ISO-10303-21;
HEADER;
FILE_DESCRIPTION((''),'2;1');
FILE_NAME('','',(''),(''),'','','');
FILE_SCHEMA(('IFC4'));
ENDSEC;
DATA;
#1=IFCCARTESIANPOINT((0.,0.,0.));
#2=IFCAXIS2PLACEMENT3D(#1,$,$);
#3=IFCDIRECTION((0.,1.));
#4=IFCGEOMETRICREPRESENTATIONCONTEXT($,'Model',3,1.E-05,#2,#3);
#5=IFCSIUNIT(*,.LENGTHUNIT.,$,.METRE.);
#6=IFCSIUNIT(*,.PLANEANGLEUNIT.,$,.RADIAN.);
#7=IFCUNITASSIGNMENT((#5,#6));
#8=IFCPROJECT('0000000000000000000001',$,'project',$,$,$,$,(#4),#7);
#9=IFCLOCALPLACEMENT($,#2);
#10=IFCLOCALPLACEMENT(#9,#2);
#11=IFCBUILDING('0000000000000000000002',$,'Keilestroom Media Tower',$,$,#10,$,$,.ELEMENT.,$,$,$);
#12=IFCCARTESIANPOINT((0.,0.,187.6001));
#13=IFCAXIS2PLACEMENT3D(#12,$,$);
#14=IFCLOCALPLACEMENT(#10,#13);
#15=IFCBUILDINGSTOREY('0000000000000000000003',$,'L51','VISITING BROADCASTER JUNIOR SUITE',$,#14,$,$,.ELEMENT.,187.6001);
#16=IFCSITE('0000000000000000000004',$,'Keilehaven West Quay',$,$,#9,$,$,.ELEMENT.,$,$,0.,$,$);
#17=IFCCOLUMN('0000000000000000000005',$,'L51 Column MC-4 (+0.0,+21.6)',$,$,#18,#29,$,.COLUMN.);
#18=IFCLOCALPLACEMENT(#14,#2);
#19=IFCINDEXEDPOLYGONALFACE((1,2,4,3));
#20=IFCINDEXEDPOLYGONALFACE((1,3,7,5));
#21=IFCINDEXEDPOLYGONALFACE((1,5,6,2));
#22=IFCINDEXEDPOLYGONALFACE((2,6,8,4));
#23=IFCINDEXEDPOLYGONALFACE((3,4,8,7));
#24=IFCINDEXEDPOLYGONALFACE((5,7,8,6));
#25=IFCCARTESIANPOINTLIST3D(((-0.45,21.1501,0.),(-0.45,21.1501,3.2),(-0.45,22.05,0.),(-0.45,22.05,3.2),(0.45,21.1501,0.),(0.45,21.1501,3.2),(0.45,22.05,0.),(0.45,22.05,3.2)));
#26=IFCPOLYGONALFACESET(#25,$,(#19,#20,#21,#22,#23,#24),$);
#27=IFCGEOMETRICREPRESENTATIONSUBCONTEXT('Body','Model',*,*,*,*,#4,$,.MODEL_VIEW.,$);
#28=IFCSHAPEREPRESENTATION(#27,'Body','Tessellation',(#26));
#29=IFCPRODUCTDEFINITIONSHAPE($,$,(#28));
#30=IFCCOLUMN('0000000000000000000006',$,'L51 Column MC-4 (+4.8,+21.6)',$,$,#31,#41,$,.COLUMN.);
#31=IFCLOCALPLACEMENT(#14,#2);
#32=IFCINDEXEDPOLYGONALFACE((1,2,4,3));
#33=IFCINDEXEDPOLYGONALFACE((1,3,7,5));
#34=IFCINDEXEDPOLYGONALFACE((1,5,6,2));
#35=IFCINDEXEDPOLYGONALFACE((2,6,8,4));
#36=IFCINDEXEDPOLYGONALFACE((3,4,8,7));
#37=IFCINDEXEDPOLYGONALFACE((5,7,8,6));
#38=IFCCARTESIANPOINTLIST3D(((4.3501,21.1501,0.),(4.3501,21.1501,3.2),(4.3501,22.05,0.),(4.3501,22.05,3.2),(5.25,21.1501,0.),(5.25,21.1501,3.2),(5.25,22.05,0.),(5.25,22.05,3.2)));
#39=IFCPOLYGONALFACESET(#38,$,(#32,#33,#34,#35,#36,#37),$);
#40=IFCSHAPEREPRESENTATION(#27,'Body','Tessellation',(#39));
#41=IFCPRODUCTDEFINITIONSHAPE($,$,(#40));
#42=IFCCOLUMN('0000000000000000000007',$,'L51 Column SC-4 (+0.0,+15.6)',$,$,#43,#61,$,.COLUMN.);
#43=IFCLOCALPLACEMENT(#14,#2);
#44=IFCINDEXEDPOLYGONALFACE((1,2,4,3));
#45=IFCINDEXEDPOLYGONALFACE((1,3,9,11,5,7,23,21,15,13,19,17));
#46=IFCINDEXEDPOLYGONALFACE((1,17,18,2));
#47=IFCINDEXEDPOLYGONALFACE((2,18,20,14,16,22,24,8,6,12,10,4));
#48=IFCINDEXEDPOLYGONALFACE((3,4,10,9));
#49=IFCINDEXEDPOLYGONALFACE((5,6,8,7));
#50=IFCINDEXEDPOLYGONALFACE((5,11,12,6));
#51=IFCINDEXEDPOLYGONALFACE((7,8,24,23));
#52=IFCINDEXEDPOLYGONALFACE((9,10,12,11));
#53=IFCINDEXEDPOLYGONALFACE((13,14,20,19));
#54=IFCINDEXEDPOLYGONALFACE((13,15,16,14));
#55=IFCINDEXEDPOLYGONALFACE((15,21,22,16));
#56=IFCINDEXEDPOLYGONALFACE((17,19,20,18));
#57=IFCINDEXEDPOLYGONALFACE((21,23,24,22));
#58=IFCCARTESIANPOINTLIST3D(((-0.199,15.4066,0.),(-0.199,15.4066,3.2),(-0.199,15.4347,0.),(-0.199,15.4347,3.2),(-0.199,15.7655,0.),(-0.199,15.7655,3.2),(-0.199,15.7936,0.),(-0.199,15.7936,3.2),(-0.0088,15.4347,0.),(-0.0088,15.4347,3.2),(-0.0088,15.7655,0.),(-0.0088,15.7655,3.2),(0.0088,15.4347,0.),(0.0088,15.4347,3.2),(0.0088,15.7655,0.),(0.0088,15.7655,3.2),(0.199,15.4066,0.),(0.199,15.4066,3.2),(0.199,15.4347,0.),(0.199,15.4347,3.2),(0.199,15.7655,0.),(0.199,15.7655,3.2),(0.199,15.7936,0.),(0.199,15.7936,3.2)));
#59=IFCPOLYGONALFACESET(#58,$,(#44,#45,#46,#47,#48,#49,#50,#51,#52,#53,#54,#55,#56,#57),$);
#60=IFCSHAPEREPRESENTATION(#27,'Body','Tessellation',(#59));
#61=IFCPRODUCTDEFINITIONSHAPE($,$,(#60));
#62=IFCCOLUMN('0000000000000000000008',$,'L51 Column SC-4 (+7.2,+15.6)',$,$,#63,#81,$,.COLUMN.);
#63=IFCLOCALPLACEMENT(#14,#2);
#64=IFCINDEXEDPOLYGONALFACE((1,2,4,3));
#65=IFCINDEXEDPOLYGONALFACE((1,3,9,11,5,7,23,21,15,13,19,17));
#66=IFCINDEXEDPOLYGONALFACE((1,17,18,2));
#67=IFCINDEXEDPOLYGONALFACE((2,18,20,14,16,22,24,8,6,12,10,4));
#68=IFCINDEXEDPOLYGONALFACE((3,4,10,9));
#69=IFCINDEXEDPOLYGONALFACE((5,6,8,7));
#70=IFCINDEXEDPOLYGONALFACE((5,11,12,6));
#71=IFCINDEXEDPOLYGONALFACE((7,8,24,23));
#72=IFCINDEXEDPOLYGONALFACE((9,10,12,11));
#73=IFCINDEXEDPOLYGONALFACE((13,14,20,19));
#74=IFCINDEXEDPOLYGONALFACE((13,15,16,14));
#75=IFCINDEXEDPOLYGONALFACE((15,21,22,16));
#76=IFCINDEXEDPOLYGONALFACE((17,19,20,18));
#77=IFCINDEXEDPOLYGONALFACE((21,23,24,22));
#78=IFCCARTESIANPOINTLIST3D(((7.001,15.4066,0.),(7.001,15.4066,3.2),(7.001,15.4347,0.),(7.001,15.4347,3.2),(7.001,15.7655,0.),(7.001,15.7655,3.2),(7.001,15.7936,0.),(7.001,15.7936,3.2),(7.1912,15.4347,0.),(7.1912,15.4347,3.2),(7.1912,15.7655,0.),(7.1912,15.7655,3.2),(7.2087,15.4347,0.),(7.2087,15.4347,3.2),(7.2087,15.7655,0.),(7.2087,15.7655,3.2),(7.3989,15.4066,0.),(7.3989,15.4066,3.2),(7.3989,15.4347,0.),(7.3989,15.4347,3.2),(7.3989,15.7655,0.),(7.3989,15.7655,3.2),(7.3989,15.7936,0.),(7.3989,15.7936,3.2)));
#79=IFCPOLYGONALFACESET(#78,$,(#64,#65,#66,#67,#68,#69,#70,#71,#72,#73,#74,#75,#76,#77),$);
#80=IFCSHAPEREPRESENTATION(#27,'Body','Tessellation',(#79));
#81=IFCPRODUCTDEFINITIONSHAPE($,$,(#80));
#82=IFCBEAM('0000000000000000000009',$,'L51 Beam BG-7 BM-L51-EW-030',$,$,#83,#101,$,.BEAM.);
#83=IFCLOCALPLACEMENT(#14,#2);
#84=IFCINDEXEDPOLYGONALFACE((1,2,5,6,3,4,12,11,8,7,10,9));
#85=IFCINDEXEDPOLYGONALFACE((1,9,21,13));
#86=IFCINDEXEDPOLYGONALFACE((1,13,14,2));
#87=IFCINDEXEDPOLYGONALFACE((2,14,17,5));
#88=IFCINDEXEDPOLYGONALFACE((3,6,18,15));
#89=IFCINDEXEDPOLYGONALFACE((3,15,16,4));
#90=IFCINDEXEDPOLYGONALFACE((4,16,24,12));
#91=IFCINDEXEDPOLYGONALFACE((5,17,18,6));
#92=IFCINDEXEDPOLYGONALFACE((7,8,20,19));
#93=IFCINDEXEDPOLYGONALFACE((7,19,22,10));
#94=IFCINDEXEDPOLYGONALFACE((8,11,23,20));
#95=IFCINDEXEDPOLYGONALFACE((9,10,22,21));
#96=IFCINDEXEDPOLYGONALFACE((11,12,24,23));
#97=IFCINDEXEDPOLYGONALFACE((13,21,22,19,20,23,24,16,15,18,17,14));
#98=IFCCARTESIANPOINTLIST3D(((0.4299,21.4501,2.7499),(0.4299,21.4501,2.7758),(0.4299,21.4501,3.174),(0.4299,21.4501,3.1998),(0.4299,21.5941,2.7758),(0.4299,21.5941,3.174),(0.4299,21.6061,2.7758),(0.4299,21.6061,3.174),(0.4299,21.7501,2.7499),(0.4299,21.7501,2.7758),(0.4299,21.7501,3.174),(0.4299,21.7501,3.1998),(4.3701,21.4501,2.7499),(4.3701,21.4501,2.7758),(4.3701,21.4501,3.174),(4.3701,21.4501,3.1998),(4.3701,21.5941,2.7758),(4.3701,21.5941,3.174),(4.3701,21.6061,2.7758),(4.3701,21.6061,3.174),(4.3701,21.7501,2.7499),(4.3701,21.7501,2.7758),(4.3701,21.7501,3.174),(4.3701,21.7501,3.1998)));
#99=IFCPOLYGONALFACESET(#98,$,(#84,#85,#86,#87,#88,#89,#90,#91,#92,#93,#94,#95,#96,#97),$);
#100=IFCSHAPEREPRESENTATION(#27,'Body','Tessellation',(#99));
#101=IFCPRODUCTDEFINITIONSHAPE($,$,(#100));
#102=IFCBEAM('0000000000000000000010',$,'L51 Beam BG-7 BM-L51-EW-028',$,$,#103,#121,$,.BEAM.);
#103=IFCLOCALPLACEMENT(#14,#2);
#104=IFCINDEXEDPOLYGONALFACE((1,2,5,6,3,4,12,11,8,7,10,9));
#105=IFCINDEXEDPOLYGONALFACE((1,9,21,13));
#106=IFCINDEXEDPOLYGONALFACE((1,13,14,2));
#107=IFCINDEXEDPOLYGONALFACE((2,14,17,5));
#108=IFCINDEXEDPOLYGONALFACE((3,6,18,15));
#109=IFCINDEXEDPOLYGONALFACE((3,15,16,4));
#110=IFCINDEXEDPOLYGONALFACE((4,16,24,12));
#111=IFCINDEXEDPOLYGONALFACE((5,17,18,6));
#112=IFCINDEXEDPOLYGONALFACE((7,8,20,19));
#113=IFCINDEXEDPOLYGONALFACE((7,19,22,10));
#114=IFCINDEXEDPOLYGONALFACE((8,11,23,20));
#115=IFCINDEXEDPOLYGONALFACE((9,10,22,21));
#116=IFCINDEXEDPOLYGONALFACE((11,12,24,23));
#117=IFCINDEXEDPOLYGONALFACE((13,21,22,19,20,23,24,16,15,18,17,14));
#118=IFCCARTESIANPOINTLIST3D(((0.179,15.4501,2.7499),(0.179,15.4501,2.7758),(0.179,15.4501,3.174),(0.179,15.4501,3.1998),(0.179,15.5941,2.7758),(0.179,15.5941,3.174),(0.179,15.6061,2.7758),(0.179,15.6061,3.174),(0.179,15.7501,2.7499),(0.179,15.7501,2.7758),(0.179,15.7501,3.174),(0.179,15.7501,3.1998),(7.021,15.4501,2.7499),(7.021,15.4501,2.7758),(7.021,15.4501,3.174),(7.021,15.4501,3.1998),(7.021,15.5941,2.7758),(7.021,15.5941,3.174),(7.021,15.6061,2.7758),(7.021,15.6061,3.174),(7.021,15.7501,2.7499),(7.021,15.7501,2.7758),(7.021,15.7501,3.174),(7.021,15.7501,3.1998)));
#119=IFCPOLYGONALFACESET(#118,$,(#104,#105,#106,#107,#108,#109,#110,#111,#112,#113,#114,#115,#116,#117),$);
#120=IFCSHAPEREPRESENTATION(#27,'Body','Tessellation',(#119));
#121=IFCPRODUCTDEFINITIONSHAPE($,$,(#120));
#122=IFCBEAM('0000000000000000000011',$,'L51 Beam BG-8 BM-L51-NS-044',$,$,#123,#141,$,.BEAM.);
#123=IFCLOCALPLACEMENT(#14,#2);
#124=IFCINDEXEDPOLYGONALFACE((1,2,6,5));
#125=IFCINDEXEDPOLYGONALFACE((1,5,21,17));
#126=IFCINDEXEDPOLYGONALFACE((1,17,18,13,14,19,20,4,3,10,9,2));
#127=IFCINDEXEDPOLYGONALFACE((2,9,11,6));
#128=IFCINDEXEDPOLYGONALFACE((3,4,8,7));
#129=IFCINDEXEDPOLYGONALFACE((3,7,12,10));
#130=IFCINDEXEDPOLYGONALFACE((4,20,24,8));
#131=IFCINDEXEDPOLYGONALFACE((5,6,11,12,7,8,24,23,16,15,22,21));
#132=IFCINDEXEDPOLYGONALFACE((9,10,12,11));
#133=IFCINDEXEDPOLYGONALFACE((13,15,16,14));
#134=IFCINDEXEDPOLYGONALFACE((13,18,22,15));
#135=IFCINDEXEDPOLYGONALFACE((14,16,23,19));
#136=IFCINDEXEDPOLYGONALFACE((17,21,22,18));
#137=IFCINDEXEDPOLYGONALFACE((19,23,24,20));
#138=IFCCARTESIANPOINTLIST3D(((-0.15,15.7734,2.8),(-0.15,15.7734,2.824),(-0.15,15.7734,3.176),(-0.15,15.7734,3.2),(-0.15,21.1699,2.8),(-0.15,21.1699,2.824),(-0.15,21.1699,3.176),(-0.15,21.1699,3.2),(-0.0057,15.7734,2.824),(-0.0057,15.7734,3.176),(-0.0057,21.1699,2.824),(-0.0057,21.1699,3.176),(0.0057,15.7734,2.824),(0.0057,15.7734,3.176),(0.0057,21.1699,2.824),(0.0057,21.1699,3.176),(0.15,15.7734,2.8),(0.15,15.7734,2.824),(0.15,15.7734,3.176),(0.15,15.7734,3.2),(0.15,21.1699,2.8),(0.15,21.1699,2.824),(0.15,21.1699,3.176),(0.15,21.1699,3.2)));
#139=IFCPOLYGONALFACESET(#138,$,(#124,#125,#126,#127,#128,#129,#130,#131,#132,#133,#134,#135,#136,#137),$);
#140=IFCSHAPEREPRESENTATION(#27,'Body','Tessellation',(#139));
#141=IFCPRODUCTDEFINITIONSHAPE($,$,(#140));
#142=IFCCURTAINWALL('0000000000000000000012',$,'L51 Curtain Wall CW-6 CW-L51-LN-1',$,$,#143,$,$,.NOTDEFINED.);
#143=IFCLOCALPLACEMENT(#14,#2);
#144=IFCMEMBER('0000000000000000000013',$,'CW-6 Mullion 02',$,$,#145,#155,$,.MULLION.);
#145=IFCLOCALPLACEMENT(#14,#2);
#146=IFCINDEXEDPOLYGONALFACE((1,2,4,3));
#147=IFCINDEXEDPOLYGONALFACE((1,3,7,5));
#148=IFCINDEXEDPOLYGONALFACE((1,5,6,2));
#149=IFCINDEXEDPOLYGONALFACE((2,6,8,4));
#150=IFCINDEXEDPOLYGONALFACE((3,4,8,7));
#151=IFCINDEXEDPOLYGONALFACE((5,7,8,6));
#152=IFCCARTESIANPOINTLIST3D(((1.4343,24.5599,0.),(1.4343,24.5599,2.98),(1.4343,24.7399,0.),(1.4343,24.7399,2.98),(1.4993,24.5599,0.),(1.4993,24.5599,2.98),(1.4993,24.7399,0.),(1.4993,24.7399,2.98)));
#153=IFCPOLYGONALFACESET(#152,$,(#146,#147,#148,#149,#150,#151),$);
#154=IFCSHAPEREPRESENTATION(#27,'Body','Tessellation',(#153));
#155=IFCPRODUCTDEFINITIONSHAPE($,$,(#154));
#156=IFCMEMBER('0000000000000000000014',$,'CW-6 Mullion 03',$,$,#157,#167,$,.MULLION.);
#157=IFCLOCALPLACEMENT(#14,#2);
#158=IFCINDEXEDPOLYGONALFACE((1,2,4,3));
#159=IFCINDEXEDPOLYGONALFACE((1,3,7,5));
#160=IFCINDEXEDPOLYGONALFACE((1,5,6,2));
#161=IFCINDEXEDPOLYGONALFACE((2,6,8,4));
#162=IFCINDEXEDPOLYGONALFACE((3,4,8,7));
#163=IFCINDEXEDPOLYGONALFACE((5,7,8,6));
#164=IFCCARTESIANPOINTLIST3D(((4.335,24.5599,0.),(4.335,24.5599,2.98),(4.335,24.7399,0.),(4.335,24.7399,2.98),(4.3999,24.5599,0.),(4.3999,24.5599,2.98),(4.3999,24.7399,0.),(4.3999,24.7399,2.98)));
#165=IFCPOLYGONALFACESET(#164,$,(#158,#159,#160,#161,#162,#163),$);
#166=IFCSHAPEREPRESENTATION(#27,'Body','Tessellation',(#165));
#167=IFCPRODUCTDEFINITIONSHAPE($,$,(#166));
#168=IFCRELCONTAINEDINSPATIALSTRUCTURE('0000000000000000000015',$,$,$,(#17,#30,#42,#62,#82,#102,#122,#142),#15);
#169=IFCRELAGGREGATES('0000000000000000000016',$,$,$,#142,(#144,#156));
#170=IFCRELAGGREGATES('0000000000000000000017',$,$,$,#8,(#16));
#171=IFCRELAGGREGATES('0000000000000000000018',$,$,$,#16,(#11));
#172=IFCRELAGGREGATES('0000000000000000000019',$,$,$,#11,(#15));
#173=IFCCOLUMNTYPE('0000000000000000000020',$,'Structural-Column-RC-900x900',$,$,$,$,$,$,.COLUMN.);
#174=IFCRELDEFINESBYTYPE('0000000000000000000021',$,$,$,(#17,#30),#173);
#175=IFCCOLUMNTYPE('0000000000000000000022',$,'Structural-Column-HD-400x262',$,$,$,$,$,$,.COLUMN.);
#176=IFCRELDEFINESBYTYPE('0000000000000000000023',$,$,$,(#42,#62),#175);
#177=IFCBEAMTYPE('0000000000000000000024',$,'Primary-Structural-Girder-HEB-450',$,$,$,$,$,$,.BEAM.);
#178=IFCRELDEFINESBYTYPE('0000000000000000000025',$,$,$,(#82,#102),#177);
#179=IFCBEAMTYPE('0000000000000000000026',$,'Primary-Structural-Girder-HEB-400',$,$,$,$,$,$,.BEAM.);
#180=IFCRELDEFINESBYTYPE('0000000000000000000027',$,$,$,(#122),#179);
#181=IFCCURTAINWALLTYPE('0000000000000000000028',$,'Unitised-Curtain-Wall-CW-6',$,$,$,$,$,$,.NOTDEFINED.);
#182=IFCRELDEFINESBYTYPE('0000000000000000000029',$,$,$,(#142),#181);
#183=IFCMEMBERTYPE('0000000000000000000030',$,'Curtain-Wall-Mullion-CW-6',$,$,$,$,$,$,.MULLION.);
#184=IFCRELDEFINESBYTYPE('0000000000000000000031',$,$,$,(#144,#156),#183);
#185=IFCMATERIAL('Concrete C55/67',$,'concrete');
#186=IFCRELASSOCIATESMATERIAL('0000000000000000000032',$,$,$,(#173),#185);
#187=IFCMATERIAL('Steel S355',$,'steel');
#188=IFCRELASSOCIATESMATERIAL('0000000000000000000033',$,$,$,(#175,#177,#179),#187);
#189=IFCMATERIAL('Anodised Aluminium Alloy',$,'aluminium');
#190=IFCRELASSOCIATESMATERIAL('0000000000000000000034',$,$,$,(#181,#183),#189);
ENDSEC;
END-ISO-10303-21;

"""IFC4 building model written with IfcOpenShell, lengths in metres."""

from ifc_helpers import new_model, si_unit, direction, frame, origin, origin_2d, place, context, subcontext, project, spatial, rectangle, i_section, extrude, source, transform, mapped, material, material_profile, profile_set, type_object, element, aggregate, save


model = new_model("IFC4")

# Units and contexts
model_context = context("Model", 3, precision=1e-05, world=origin(), true_north=direction((0.0, 1.0)))
body_context = subcontext(model_context, "Body", "Model", "MODEL_VIEW")
ifc_project = project(units=[si_unit("LENGTHUNIT", "METRE"), si_unit("PLANEANGLEUNIT", "RADIAN")], contexts=[model_context])

# Site, building, storey
site_placement = place(None, origin())
site = spatial("IfcSite", under=ifc_project, at=site_placement, Name="Keilehaven West Quay", CompositionType="ELEMENT", RefElevation=0.0)
building_placement = place(site_placement, origin())
building = spatial("IfcBuilding", under=site, at=building_placement, Name="Keilestroom Media Tower", CompositionType="ELEMENT")
storey_placement = place(building_placement, frame((0.0, 0.0, 187.6001)))
storey = spatial("IfcBuildingStorey", under=building, at=storey_placement, Name="L51", Description="VISITING BROADCASTER JUNIOR SUITE", CompositionType="ELEMENT", Elevation=187.6001)

# Columns
ifc_material_1 = material(Name="Concrete C55/67", Category="concrete")
ifc_material_profile_1 = material_profile(ifc_material_1, rectangle(XDim=0.8999, YDim=0.8999, at=origin_2d()), Name="RC 900x900")
ifc_profile_set_1 = profile_set([ifc_material_profile_1], Name="Concrete C55/67")
column_type_1 = type_object("IfcColumnType", Name="Structural-Column-RC-900x900", PredefinedType="COLUMN", material=ifc_profile_set_1)
shared_shape_1 = source(origin(), body_context, "Body", "SweptSolid", [
    extrude(rectangle(XDim=0.8999, YDim=0.8999, at=origin_2d()), origin(), (0.0, 0.0, 1.0), 3.2),
])
for number, where, z_axis, x_axis, name in (
    (1, (0.0, 21.6001, 0.0), (0.0, 0.0, 1.0), (1.0, 0.0, 0.0), "L51 Column MC-4 (+0.0,+21.6)"),
    (2, (4.8, 21.6001, 0.0), (0.0, 0.0, 1.0), (1.0, 0.0, 0.0), "L51 Column MC-4 (+4.8,+21.6)"),
):
    element("IfcColumn", number, at=place(storey_placement, frame(where, z_axis=z_axis, x_axis=x_axis)), inside=storey, type_object=column_type_1, Name=name, PredefinedType="COLUMN", context=body_context, shape_type="MappedRepresentation", body=[
        mapped(shared_shape_1, transform((0.0, 0.0, 0.0), x_axis=(1.0, 0.0, 0.0), y_axis=(0.0, 1.0, 0.0), z_axis=(0.0, 0.0, 1.0), scale=1.0)),
    ])
ifc_material_2 = material(Name="Steel S355", Category="steel")
ifc_material_profile_2 = material_profile(ifc_material_2, i_section(OverallWidth=0.3979, OverallDepth=0.387, WebThickness=0.0176, FlangeThickness=0.0281, at=origin_2d()), Name="HD 400x262")
ifc_profile_set_2 = profile_set([ifc_material_profile_2], Name="Steel S355")
column_type_2 = type_object("IfcColumnType", Name="Structural-Column-HD-400x262", PredefinedType="COLUMN", material=ifc_profile_set_2)
shared_shape_2 = source(origin(), body_context, "Body", "SweptSolid", [
    extrude(i_section(OverallWidth=0.3979, OverallDepth=0.387, WebThickness=0.0176, FlangeThickness=0.0281, at=origin_2d()), origin(), (0.0, 0.0, 1.0), 3.2),
])
for number, where, z_axis, x_axis, name in (
    (3, (0.0, 15.6001, 0.0), (0.0, 0.0, 1.0), (1.0, 0.0, 0.0), "L51 Column SC-4 (+0.0,+15.6)"),
    (4, (7.2, 15.6001, 0.0), (0.0, 0.0, 1.0), (1.0, 0.0, 0.0), "L51 Column SC-4 (+7.2,+15.6)"),
):
    element("IfcColumn", number, at=place(storey_placement, frame(where, z_axis=z_axis, x_axis=x_axis)), inside=storey, type_object=column_type_2, Name=name, PredefinedType="COLUMN", context=body_context, shape_type="MappedRepresentation", body=[
        mapped(shared_shape_2, transform((0.0, 0.0, 0.0), x_axis=(1.0, 0.0, 0.0), y_axis=(0.0, 1.0, 0.0), z_axis=(0.0, 0.0, 1.0), scale=1.0)),
    ])

# Beams
ifc_material_profile_3 = material_profile(ifc_material_2, i_section(OverallWidth=0.3, OverallDepth=0.45, WebThickness=0.012, FlangeThickness=0.0259, at=origin_2d()), Name="HEB 450")
ifc_profile_set_3 = profile_set([ifc_material_profile_3], Name="Steel S355")
beam_type_1 = type_object("IfcBeamType", Name="Primary-Structural-Girder-HEB-450", PredefinedType="BEAM", material=ifc_profile_set_3)
shared_shape_3 = source(origin(), body_context, "Body", "SweptSolid", [
    extrude(i_section(OverallWidth=0.3, OverallDepth=0.45, WebThickness=0.012, FlangeThickness=0.0259, at=origin_2d()), origin(), (0.0, 0.0, 1.0), 3.9402),
])
beam_1_placement = place(storey_placement, frame((0.4299, 21.6001, 2.9749), z_axis=(1.0, 0.0, 0.0), x_axis=(0.0, 1.0, 0.0)))
element("IfcBeam", 5, at=beam_1_placement, inside=storey, type_object=beam_type_1, Name="L51 Beam BG-7 BM-L51-EW-030", PredefinedType="BEAM", context=body_context, shape_type="MappedRepresentation", body=[
    mapped(shared_shape_3, transform((0.0, 0.0, 0.0), x_axis=(1.0, 0.0, 0.0), y_axis=(0.0, 1.0, 0.0), z_axis=(0.0, 0.0, 1.0), scale=1.0)),
])
shared_shape_4 = source(origin(), body_context, "Body", "SweptSolid", [
    extrude(i_section(OverallWidth=0.3, OverallDepth=0.45, WebThickness=0.012, FlangeThickness=0.0259, at=origin_2d()), origin(), (0.0, 0.0, 1.0), 6.842),
])
beam_2_placement = place(storey_placement, frame((0.179, 15.6001, 2.9749), z_axis=(1.0, 0.0, 0.0), x_axis=(0.0, 1.0, 0.0)))
element("IfcBeam", 6, at=beam_2_placement, inside=storey, type_object=beam_type_1, Name="L51 Beam BG-7 BM-L51-EW-028", PredefinedType="BEAM", context=body_context, shape_type="MappedRepresentation", body=[
    mapped(shared_shape_4, transform((0.0, 0.0, 0.0), x_axis=(1.0, 0.0, 0.0), y_axis=(0.0, 1.0, 0.0), z_axis=(0.0, 0.0, 1.0), scale=1.0)),
])
ifc_material_profile_4 = material_profile(ifc_material_2, i_section(OverallWidth=0.3, OverallDepth=0.3999, WebThickness=0.0115, FlangeThickness=0.0239, at=origin_2d()), Name="HEB 400")
ifc_profile_set_4 = profile_set([ifc_material_profile_4], Name="Steel S355")
beam_type_2 = type_object("IfcBeamType", Name="Primary-Structural-Girder-HEB-400", PredefinedType="BEAM", material=ifc_profile_set_4)
shared_shape_5 = source(origin(), body_context, "Body", "SweptSolid", [
    extrude(i_section(OverallWidth=0.3, OverallDepth=0.3999, WebThickness=0.0115, FlangeThickness=0.0239, at=origin_2d()), origin(), (0.0, 0.0, 1.0), 5.3965),
])
beam_3_placement = place(storey_placement, frame((0.0, 15.7734, 3.0), z_axis=(0.0, 1.0, 0.0), x_axis=(-1.0, 0.0, 0.0)))
element("IfcBeam", 7, at=beam_3_placement, inside=storey, type_object=beam_type_2, Name="L51 Beam BG-8 BM-L51-NS-044", PredefinedType="BEAM", context=body_context, shape_type="MappedRepresentation", body=[
    mapped(shared_shape_5, transform((0.0, 0.0, 0.0), x_axis=(1.0, 0.0, 0.0), y_axis=(0.0, 1.0, 0.0), z_axis=(0.0, 0.0, 1.0), scale=1.0)),
])

# Curtain wall, members
ifc_material_3 = material(Name="Anodised Aluminium Alloy", Category="aluminium")
curtain_wall_type = type_object("IfcCurtainWallType", Name="Unitised-Curtain-Wall-CW-6", PredefinedType="NOTDEFINED", material=ifc_material_3)
curtain_wall_placement = place(storey_placement, origin())
curtain_wall = element("IfcCurtainWall", 8, at=curtain_wall_placement, inside=storey, type_object=curtain_wall_type, Name="L51 Curtain Wall CW-6 CW-L51-LN-1", PredefinedType="NOTDEFINED")
ifc_material_profile_5 = material_profile(ifc_material_3, rectangle(XDim=0.0649, YDim=0.1799, at=origin_2d()), Name="ALU MULLION 65x180")
ifc_profile_set_5 = profile_set([ifc_material_profile_5], Name="Anodised Aluminium Alloy")
member_type_1 = type_object("IfcMemberType", Name="Curtain-Wall-Mullion-CW-6", PredefinedType="MULLION", material=ifc_profile_set_5)
shared_shape_6 = source(origin(), body_context, "Body", "SweptSolid", [
    extrude(rectangle(XDim=0.0649, YDim=0.1799, at=origin_2d()), origin(), (0.0, 0.0, 1.0), 2.98),
])
member_1_placement = place(storey_placement, frame((1.4668, 24.6499, 0.0), z_axis=(0.0, 0.0, 1.0), x_axis=(1.0, 0.0, 0.0)))
member_1 = element("IfcMember", 9, at=member_1_placement, type_object=member_type_1, Name="CW-6 Mullion 02", PredefinedType="MULLION", context=body_context, shape_type="MappedRepresentation", body=[
    mapped(shared_shape_6, transform((0.0, 0.0, 0.0), x_axis=(1.0, 0.0, 0.0), y_axis=(0.0, 1.0, 0.0), z_axis=(0.0, 0.0, 1.0), scale=1.0)),
])
member_2_placement = place(storey_placement, frame((4.3674, 24.6499, 0.0), z_axis=(0.0, 0.0, 1.0), x_axis=(1.0, 0.0, 0.0)))
member_2 = element("IfcMember", 10, at=member_2_placement, type_object=member_type_1, Name="CW-6 Mullion 03", PredefinedType="MULLION", context=body_context, shape_type="MappedRepresentation", body=[
    mapped(shared_shape_6, transform((0.0, 0.0, 0.0), x_axis=(1.0, 0.0, 0.0), y_axis=(0.0, 1.0, 0.0), z_axis=(0.0, 0.0, 1.0), scale=1.0)),
])
aggregate(curtain_wall, [member_1, member_2])

save(model, "model.ifc")
